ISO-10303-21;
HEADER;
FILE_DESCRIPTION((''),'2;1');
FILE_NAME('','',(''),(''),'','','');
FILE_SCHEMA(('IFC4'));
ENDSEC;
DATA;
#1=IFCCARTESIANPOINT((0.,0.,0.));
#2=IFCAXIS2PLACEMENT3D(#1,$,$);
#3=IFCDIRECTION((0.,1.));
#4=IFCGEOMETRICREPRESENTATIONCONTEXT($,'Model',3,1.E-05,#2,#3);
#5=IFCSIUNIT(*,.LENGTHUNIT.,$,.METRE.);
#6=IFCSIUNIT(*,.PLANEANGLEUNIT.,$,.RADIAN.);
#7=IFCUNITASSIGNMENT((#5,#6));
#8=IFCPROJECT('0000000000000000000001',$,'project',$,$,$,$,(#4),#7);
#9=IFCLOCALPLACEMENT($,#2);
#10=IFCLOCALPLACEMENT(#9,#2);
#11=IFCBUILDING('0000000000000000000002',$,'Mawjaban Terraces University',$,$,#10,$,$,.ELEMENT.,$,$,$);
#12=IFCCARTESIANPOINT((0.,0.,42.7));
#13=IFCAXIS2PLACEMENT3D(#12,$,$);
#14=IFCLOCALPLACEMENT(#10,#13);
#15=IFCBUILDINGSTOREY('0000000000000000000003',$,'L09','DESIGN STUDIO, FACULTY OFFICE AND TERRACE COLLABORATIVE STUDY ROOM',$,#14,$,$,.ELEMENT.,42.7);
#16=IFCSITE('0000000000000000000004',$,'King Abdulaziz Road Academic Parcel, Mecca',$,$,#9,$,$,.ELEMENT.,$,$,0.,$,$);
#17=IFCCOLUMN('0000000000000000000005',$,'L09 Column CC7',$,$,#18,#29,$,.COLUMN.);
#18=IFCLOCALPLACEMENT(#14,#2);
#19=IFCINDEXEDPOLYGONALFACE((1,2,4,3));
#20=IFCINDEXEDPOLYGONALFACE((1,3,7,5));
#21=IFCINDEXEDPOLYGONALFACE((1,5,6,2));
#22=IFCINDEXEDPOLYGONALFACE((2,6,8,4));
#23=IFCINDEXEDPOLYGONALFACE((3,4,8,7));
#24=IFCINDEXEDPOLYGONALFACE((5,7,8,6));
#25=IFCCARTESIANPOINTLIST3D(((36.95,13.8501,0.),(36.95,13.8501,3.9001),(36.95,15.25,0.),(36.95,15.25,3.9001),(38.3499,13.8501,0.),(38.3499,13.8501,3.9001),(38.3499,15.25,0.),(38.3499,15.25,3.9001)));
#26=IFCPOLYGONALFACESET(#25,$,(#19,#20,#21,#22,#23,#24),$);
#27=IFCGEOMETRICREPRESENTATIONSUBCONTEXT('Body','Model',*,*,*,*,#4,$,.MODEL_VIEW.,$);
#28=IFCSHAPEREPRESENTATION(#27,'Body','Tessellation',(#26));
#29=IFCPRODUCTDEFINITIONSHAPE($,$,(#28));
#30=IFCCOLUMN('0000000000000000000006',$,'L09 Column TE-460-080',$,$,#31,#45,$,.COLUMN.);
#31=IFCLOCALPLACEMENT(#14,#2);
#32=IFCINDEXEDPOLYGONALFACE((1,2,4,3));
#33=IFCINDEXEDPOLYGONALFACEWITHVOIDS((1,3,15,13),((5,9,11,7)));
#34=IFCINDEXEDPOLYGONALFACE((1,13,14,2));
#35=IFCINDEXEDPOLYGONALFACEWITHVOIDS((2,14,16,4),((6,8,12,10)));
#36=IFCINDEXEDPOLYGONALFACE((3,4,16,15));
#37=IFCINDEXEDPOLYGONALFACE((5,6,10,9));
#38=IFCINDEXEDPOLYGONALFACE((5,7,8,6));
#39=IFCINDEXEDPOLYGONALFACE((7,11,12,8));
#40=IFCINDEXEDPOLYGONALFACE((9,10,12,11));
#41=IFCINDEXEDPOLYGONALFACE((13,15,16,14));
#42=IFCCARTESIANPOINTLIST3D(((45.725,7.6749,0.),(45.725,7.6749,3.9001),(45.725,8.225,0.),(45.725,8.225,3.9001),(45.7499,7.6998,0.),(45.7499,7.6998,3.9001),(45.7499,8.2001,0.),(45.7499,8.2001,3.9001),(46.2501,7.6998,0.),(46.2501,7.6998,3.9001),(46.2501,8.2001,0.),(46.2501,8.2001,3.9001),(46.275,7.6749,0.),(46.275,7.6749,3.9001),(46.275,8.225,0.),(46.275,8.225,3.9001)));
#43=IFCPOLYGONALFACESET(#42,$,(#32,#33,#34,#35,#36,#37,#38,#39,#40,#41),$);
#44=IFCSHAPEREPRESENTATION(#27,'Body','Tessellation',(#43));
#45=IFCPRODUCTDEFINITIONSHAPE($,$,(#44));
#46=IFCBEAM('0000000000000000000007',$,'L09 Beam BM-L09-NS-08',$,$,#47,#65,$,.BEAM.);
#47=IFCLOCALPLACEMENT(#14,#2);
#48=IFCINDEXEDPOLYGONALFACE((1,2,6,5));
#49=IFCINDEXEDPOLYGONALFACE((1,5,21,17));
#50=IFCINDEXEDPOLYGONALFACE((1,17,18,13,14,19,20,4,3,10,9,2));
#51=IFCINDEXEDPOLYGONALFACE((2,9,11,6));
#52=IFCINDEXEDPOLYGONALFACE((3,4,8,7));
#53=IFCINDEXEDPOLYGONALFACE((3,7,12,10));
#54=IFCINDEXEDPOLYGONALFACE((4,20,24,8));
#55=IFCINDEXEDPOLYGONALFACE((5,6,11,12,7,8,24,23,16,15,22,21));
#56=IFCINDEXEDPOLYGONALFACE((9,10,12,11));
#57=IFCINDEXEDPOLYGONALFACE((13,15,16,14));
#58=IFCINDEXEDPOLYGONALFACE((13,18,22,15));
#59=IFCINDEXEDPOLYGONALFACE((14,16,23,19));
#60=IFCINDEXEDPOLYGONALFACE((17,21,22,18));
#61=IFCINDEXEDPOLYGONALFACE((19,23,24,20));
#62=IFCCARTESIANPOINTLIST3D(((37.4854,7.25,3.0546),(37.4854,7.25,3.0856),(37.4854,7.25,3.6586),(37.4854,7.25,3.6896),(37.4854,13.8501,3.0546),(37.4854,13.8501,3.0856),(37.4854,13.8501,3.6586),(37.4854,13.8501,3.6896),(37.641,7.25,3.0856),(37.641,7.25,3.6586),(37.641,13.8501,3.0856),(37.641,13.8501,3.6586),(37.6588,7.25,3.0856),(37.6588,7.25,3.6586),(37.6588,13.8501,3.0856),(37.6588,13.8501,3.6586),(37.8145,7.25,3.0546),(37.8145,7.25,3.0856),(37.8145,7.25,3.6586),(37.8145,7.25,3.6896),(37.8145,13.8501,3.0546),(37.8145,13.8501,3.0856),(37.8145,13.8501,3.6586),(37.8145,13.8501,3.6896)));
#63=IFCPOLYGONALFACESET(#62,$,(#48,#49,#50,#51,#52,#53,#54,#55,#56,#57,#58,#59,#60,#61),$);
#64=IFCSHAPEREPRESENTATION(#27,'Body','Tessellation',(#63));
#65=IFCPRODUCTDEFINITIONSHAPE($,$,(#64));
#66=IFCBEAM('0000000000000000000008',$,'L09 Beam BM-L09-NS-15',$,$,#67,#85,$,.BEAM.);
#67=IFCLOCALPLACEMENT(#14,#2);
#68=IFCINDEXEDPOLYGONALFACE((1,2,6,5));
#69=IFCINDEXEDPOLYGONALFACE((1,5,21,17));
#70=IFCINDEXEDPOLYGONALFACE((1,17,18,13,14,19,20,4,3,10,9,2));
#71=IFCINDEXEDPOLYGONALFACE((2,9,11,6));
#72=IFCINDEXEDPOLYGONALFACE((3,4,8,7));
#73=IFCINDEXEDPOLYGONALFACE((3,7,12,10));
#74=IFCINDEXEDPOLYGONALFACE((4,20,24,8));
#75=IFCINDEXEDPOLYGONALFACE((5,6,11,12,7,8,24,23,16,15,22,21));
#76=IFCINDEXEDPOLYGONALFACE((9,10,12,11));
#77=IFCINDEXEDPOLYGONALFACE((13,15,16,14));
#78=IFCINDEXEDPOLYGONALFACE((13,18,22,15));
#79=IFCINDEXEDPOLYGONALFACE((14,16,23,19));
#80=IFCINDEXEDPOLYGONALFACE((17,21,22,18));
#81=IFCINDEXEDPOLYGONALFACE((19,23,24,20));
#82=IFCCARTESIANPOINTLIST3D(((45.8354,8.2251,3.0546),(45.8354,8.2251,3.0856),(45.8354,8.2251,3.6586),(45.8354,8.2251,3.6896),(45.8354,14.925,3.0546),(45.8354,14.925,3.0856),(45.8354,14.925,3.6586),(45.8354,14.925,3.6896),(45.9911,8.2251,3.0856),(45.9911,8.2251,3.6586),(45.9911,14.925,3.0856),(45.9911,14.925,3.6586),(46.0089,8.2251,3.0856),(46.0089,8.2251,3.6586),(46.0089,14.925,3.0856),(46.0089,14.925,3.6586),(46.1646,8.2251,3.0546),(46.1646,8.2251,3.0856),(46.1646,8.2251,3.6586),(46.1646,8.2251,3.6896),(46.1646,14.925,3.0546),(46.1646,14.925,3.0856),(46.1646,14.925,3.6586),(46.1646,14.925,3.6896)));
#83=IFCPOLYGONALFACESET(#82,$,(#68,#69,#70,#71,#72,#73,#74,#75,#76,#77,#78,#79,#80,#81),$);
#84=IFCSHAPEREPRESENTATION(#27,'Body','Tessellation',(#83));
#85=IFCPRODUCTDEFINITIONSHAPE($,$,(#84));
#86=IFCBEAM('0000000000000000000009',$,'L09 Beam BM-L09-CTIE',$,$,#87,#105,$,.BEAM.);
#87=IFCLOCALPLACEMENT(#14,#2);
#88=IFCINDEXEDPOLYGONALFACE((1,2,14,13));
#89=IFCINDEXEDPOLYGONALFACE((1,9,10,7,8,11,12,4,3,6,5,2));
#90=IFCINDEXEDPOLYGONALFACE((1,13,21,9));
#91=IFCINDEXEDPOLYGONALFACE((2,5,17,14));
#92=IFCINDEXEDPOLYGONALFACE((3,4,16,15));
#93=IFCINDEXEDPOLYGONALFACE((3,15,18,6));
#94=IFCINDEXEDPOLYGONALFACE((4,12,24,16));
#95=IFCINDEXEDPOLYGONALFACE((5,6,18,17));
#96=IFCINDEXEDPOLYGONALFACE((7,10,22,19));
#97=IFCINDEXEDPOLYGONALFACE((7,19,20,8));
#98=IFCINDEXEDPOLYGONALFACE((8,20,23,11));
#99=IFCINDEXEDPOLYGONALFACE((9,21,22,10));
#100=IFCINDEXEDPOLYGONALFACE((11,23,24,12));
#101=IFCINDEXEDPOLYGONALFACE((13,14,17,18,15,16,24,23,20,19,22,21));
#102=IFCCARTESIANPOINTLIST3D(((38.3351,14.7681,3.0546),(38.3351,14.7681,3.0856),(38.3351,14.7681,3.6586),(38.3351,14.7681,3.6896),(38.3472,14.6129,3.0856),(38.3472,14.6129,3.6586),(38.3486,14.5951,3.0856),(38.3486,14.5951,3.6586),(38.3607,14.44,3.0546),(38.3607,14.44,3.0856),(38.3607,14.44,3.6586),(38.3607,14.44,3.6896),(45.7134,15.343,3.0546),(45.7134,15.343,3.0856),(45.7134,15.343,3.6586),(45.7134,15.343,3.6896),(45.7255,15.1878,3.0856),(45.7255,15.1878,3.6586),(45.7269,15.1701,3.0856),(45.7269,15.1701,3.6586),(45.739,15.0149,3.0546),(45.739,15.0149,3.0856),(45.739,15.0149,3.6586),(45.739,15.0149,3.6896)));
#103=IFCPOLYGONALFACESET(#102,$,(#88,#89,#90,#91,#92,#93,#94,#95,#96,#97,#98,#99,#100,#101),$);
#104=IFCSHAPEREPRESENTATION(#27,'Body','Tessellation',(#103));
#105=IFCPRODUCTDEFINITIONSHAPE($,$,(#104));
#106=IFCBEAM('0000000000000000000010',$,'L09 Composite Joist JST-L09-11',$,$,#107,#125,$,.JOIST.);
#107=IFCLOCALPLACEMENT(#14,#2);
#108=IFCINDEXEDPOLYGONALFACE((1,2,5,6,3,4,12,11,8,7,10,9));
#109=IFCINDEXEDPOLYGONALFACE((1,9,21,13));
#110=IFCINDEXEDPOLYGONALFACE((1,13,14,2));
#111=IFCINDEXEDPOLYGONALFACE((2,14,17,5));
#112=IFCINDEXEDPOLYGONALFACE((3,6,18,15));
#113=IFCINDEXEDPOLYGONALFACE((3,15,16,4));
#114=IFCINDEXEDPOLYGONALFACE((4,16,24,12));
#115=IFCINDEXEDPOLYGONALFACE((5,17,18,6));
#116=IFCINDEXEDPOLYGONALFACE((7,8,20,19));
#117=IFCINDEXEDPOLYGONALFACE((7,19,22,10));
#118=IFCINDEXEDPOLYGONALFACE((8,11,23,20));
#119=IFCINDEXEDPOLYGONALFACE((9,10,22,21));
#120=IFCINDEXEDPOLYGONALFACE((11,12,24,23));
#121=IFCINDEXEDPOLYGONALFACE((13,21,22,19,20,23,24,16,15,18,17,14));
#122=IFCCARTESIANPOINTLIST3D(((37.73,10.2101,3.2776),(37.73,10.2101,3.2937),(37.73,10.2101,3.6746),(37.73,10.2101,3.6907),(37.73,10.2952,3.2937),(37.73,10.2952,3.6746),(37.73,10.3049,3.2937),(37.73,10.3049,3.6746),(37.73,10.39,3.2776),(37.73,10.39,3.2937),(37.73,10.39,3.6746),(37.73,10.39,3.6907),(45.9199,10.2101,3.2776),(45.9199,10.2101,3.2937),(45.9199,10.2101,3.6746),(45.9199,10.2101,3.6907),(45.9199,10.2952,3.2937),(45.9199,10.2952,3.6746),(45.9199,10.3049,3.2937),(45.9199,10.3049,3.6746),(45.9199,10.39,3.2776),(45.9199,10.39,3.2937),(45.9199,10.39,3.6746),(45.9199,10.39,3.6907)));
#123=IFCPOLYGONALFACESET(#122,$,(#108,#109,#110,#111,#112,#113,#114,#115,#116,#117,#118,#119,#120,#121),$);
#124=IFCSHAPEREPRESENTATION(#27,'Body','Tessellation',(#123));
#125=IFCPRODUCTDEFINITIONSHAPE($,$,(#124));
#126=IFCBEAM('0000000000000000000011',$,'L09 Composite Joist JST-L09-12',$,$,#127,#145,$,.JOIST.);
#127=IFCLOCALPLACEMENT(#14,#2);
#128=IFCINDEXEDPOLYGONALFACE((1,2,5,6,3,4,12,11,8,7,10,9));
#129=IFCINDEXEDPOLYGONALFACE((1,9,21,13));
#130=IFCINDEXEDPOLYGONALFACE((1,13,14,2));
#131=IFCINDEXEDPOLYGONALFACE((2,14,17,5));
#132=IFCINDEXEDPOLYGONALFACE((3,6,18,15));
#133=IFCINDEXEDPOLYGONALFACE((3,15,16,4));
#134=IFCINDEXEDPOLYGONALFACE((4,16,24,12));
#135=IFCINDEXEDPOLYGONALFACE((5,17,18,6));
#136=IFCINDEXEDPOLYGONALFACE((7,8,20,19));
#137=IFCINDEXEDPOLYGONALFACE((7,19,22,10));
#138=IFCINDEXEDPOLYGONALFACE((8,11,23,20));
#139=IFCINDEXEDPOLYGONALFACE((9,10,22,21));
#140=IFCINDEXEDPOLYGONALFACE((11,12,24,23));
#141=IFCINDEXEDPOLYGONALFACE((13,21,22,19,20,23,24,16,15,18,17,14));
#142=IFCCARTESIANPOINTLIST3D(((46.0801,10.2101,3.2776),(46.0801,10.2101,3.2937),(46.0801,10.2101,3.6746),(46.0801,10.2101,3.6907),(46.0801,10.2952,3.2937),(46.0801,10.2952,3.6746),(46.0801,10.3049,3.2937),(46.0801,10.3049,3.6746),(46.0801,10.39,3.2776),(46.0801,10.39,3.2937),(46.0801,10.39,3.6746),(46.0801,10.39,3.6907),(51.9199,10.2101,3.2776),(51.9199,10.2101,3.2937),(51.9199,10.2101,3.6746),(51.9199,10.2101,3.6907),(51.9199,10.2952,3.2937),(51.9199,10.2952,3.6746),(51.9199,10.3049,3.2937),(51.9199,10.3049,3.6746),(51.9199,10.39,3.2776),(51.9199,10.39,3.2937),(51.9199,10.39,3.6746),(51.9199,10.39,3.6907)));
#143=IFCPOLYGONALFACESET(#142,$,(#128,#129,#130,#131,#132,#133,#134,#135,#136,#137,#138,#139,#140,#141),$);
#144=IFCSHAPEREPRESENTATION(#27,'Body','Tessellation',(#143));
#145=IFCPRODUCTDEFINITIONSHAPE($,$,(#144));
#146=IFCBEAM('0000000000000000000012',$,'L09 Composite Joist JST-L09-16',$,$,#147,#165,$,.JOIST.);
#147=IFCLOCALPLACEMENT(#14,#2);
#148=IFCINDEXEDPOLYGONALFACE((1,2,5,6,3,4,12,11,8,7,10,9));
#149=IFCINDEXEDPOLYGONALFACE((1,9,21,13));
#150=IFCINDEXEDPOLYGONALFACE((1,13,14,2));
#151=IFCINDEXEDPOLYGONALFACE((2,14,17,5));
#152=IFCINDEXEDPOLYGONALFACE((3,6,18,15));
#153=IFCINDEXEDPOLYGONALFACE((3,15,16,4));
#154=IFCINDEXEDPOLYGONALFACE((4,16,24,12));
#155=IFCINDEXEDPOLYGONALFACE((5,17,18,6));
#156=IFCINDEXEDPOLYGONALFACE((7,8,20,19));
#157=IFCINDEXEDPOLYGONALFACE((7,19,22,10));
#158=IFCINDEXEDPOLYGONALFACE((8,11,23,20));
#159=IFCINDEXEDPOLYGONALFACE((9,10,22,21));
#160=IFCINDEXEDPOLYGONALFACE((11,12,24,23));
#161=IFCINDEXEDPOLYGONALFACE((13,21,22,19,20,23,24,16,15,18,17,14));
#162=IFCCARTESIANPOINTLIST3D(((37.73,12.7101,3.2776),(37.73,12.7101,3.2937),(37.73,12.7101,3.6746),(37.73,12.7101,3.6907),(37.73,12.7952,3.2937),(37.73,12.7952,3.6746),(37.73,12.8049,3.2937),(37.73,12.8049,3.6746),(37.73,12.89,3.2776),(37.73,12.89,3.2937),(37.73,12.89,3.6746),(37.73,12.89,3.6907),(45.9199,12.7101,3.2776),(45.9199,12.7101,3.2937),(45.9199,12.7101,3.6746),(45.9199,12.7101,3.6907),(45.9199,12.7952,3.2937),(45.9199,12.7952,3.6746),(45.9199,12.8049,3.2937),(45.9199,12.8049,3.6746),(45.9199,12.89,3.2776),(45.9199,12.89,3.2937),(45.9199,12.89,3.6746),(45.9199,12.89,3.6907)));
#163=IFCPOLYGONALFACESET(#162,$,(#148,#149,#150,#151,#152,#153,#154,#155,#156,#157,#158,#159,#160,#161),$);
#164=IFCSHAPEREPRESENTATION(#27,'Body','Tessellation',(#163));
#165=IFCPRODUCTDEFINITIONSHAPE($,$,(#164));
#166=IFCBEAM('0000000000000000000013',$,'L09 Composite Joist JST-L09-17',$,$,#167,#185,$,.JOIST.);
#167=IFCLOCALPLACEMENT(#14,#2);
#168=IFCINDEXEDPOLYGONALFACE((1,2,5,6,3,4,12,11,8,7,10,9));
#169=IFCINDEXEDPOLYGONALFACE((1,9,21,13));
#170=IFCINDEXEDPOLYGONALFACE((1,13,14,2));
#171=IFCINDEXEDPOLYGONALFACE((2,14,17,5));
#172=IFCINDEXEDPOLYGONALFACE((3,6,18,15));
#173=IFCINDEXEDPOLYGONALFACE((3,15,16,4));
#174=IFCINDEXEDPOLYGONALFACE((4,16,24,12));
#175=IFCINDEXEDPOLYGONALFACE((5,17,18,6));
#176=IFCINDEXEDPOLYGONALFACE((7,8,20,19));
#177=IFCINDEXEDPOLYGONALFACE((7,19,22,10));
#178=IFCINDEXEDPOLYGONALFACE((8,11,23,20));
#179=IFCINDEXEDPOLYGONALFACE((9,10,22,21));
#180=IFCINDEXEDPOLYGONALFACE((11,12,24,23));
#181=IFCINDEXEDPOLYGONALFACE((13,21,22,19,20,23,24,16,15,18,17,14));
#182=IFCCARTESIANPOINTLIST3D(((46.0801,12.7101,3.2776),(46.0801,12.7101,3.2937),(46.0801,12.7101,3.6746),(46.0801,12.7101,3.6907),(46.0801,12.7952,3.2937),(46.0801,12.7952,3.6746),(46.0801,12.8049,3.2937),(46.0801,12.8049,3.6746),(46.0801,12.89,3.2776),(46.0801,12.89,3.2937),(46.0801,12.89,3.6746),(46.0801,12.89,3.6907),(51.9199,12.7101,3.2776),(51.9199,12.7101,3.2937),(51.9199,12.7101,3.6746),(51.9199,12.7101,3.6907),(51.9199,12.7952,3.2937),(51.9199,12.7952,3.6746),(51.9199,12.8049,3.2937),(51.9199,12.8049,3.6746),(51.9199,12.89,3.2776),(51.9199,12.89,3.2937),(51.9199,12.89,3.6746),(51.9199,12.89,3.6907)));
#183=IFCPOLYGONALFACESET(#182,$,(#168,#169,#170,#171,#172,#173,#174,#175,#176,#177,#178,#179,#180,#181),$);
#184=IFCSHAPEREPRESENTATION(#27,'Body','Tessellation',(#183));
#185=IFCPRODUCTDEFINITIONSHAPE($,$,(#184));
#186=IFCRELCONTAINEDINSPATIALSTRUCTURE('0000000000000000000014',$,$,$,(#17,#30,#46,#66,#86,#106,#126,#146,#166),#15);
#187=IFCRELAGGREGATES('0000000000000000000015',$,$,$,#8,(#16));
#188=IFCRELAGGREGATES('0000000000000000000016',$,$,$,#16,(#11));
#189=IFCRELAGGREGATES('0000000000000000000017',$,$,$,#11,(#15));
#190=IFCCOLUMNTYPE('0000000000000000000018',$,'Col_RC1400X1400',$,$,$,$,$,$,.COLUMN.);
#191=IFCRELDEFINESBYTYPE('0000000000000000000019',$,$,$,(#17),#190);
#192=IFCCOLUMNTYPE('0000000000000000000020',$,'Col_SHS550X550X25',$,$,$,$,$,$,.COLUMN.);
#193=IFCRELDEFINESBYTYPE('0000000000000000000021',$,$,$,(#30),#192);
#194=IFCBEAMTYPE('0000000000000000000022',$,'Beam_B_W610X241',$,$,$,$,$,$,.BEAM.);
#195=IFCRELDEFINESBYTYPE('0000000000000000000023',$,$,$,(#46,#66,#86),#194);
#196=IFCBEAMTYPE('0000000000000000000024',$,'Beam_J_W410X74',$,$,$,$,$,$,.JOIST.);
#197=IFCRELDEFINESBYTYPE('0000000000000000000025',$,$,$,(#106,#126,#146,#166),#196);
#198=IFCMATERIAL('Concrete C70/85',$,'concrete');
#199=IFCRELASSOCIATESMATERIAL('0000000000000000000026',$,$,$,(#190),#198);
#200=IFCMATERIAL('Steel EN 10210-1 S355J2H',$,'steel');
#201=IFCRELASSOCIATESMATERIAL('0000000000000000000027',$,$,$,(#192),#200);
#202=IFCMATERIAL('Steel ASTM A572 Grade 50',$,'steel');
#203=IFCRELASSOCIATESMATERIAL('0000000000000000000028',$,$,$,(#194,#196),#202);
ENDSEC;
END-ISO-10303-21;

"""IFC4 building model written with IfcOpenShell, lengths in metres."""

from ifc_helpers import new_model, si_unit, direction, frame, origin, origin_2d, place, context, subcontext, project, spatial, rectangle, hollow_rectangle, i_section, extrude, material, material_profile, profile_set, type_object, element, save


model = new_model("IFC4")

# Units and contexts
model_context = context("Model", 3, precision=1e-05, world=origin(), true_north=direction((0.0, 1.0)))
body_context = subcontext(model_context, "Body", "Model", "MODEL_VIEW")
ifc_project = project(units=[si_unit("LENGTHUNIT", "METRE"), si_unit("PLANEANGLEUNIT", "RADIAN")], contexts=[model_context])

# Site, building, storey
site_placement = place(None, origin())
site = spatial("IfcSite", under=ifc_project, at=site_placement, Name="King Abdulaziz Road Academic Parcel, Mecca", CompositionType="ELEMENT", RefElevation=0.0)
building_placement = place(site_placement, origin())
building = spatial("IfcBuilding", under=site, at=building_placement, Name="Mawjaban Terraces University", CompositionType="ELEMENT")
storey_placement = place(building_placement, frame((0.0, 0.0, 42.7)))
storey = spatial("IfcBuildingStorey", under=building, at=storey_placement, Name="L09", Description="DESIGN STUDIO, FACULTY OFFICE AND TERRACE COLLABORATIVE STUDY ROOM", CompositionType="ELEMENT", Elevation=42.7)

# Columns
ifc_material_1 = material(Name="Concrete C70/85", Category="concrete")
ifc_material_profile_1 = material_profile(ifc_material_1, rectangle(XDim=1.3999, YDim=1.3999, at=origin_2d()), Name="RC1400X1400")
ifc_profile_set_1 = profile_set([ifc_material_profile_1], Name="Concrete C70/85")
column_type_1 = type_object("IfcColumnType", Name="Col_RC1400X1400", PredefinedType="COLUMN", material=ifc_profile_set_1)
column_1_placement = place(storey_placement, frame((37.6499, 14.55, 0.0), z_axis=(0.0, 0.0, 1.0), x_axis=(1.0, 0.0, 0.0)))
element("IfcColumn", 1, at=column_1_placement, inside=storey, type_object=column_type_1, Name="L09 Column CC7", PredefinedType="COLUMN", context=body_context, shape_type="SweptSolid", body=[
    extrude(rectangle(XDim=1.3999, YDim=1.3999, at=origin_2d()), origin(), (0.0, 0.0, 1.0), 3.9001),
])
ifc_material_2 = material(Name="Steel EN 10210-1 S355J2H", Category="steel")
ifc_material_profile_2 = material_profile(ifc_material_2, hollow_rectangle(XDim=0.55, YDim=0.55, WallThickness=0.0249, at=origin_2d()), Name="SHS550X550X25")
ifc_profile_set_2 = profile_set([ifc_material_profile_2], Name="Steel EN 10210-1 S355J2H")
column_type_2 = type_object("IfcColumnType", Name="Col_SHS550X550X25", PredefinedType="COLUMN", material=ifc_profile_set_2)
column_2_placement = place(storey_placement, frame((46.0, 7.95, 0.0), z_axis=(0.0, 0.0, 1.0), x_axis=(1.0, 0.0, 0.0)))
element("IfcColumn", 2, at=column_2_placement, inside=storey, type_object=column_type_2, Name="L09 Column TE-460-080", PredefinedType="COLUMN", context=body_context, shape_type="SweptSolid", body=[
    extrude(hollow_rectangle(XDim=0.55, YDim=0.55, WallThickness=0.0249, at=origin_2d()), origin(), (0.0, 0.0, 1.0), 3.9001),
])

# Beams
ifc_material_3 = material(Name="Steel ASTM A572 Grade 50", Category="steel")
ifc_material_profile_3 = material_profile(ifc_material_3, i_section(OverallWidth=0.3291, OverallDepth=0.635, WebThickness=0.0178, FlangeThickness=0.031, at=origin_2d()), Name="W610X241")
ifc_profile_set_3 = profile_set([ifc_material_profile_3], Name="Steel ASTM A572 Grade 50")
beam_type_1 = type_object("IfcBeamType", Name="Beam_B_W610X241", PredefinedType="BEAM", material=ifc_profile_set_3)
beam_1_placement = place(storey_placement, frame((37.6499, 7.25, 3.3721), z_axis=(0.0, 1.0, 0.0), x_axis=(-1.0, 0.0, 0.0)))
element("IfcBeam", 3, at=beam_1_placement, inside=storey, type_object=beam_type_1, Name="L09 Beam BM-L09-NS-08", PredefinedType="BEAM", context=body_context, shape_type="SweptSolid", body=[
    extrude(i_section(OverallWidth=0.3291, OverallDepth=0.635, WebThickness=0.0178, FlangeThickness=0.031, at=origin_2d()), origin(), (0.0, 0.0, 1.0), 6.6001),
])
beam_2_placement = place(storey_placement, frame((46.0, 8.2251, 3.3721), z_axis=(0.0, 1.0, 0.0), x_axis=(-1.0, 0.0, 0.0)))
element("IfcBeam", 4, at=beam_2_placement, inside=storey, type_object=beam_type_1, Name="L09 Beam BM-L09-NS-15", PredefinedType="BEAM", context=body_context, shape_type="SweptSolid", body=[
    extrude(i_section(OverallWidth=0.3291, OverallDepth=0.635, WebThickness=0.0178, FlangeThickness=0.031, at=origin_2d()), origin(), (0.0, 0.0, 1.0), 6.7),
])
beam_3_placement = place(storey_placement, frame((38.3479, 14.604, 3.3721), z_axis=(0.996978, 0.07769, 0.0), x_axis=(-0.07769, 0.996978, 0.0)))
element("IfcBeam", 5, at=beam_3_placement, inside=storey, type_object=beam_type_1, Name="L09 Beam BM-L09-CTIE", PredefinedType="BEAM", context=body_context, shape_type="SweptSolid", body=[
    extrude(i_section(OverallWidth=0.3291, OverallDepth=0.635, WebThickness=0.0178, FlangeThickness=0.031, at=origin_2d()), origin(), (0.0, 0.0, 1.0), 7.4006),
])
ifc_material_profile_4 = material_profile(ifc_material_3, i_section(OverallWidth=0.1799, OverallDepth=0.4131, WebThickness=0.0098, FlangeThickness=0.0161, at=origin_2d()), Name="W410X74")
ifc_profile_set_4 = profile_set([ifc_material_profile_4], Name="Steel ASTM A572 Grade 50")
beam_type_2 = type_object("IfcBeamType", Name="Beam_J_W410X74", PredefinedType="JOIST", material=ifc_profile_set_4)
beam_4_placement = place(storey_placement, frame((37.73, 10.3, 3.4841), z_axis=(1.0, 0.0, 0.0), x_axis=(0.0, 1.0, 0.0)))
element("IfcBeam", 6, at=beam_4_placement, inside=storey, type_object=beam_type_2, Name="L09 Composite Joist JST-L09-11", PredefinedType="JOIST", context=body_context, shape_type="SweptSolid", body=[
    extrude(i_section(OverallWidth=0.1799, OverallDepth=0.4131, WebThickness=0.0098, FlangeThickness=0.0161, at=origin_2d()), origin(), (0.0, 0.0, 1.0), 8.1899),
])
beam_5_placement = place(storey_placement, frame((46.0801, 10.3, 3.4841), z_axis=(1.0, 0.0, 0.0), x_axis=(0.0, 1.0, 0.0)))
element("IfcBeam", 7, at=beam_5_placement, inside=storey, type_object=beam_type_2, Name="L09 Composite Joist JST-L09-12", PredefinedType="JOIST", context=body_context, shape_type="SweptSolid", body=[
    extrude(i_section(OverallWidth=0.1799, OverallDepth=0.4131, WebThickness=0.0098, FlangeThickness=0.0161, at=origin_2d()), origin(), (0.0, 0.0, 1.0), 5.8398),
])
beam_6_placement = place(storey_placement, frame((37.73, 12.8, 3.4841), z_axis=(1.0, 0.0, 0.0), x_axis=(0.0, 1.0, 0.0)))
element("IfcBeam", 8, at=beam_6_placement, inside=storey, type_object=beam_type_2, Name="L09 Composite Joist JST-L09-16", PredefinedType="JOIST", context=body_context, shape_type="SweptSolid", body=[
    extrude(i_section(OverallWidth=0.1799, OverallDepth=0.4131, WebThickness=0.0098, FlangeThickness=0.0161, at=origin_2d()), origin(), (0.0, 0.0, 1.0), 8.1899),
])
beam_7_placement = place(storey_placement, frame((46.0801, 12.8, 3.4841), z_axis=(1.0, 0.0, 0.0), x_axis=(0.0, 1.0, 0.0)))
element("IfcBeam", 9, at=beam_7_placement, inside=storey, type_object=beam_type_2, Name="L09 Composite Joist JST-L09-17", PredefinedType="JOIST", context=body_context, shape_type="SweptSolid", body=[
    extrude(i_section(OverallWidth=0.1799, OverallDepth=0.4131, WebThickness=0.0098, FlangeThickness=0.0161, at=origin_2d()), origin(), (0.0, 0.0, 1.0), 5.8398),
])

save(model, "model.ifc")
